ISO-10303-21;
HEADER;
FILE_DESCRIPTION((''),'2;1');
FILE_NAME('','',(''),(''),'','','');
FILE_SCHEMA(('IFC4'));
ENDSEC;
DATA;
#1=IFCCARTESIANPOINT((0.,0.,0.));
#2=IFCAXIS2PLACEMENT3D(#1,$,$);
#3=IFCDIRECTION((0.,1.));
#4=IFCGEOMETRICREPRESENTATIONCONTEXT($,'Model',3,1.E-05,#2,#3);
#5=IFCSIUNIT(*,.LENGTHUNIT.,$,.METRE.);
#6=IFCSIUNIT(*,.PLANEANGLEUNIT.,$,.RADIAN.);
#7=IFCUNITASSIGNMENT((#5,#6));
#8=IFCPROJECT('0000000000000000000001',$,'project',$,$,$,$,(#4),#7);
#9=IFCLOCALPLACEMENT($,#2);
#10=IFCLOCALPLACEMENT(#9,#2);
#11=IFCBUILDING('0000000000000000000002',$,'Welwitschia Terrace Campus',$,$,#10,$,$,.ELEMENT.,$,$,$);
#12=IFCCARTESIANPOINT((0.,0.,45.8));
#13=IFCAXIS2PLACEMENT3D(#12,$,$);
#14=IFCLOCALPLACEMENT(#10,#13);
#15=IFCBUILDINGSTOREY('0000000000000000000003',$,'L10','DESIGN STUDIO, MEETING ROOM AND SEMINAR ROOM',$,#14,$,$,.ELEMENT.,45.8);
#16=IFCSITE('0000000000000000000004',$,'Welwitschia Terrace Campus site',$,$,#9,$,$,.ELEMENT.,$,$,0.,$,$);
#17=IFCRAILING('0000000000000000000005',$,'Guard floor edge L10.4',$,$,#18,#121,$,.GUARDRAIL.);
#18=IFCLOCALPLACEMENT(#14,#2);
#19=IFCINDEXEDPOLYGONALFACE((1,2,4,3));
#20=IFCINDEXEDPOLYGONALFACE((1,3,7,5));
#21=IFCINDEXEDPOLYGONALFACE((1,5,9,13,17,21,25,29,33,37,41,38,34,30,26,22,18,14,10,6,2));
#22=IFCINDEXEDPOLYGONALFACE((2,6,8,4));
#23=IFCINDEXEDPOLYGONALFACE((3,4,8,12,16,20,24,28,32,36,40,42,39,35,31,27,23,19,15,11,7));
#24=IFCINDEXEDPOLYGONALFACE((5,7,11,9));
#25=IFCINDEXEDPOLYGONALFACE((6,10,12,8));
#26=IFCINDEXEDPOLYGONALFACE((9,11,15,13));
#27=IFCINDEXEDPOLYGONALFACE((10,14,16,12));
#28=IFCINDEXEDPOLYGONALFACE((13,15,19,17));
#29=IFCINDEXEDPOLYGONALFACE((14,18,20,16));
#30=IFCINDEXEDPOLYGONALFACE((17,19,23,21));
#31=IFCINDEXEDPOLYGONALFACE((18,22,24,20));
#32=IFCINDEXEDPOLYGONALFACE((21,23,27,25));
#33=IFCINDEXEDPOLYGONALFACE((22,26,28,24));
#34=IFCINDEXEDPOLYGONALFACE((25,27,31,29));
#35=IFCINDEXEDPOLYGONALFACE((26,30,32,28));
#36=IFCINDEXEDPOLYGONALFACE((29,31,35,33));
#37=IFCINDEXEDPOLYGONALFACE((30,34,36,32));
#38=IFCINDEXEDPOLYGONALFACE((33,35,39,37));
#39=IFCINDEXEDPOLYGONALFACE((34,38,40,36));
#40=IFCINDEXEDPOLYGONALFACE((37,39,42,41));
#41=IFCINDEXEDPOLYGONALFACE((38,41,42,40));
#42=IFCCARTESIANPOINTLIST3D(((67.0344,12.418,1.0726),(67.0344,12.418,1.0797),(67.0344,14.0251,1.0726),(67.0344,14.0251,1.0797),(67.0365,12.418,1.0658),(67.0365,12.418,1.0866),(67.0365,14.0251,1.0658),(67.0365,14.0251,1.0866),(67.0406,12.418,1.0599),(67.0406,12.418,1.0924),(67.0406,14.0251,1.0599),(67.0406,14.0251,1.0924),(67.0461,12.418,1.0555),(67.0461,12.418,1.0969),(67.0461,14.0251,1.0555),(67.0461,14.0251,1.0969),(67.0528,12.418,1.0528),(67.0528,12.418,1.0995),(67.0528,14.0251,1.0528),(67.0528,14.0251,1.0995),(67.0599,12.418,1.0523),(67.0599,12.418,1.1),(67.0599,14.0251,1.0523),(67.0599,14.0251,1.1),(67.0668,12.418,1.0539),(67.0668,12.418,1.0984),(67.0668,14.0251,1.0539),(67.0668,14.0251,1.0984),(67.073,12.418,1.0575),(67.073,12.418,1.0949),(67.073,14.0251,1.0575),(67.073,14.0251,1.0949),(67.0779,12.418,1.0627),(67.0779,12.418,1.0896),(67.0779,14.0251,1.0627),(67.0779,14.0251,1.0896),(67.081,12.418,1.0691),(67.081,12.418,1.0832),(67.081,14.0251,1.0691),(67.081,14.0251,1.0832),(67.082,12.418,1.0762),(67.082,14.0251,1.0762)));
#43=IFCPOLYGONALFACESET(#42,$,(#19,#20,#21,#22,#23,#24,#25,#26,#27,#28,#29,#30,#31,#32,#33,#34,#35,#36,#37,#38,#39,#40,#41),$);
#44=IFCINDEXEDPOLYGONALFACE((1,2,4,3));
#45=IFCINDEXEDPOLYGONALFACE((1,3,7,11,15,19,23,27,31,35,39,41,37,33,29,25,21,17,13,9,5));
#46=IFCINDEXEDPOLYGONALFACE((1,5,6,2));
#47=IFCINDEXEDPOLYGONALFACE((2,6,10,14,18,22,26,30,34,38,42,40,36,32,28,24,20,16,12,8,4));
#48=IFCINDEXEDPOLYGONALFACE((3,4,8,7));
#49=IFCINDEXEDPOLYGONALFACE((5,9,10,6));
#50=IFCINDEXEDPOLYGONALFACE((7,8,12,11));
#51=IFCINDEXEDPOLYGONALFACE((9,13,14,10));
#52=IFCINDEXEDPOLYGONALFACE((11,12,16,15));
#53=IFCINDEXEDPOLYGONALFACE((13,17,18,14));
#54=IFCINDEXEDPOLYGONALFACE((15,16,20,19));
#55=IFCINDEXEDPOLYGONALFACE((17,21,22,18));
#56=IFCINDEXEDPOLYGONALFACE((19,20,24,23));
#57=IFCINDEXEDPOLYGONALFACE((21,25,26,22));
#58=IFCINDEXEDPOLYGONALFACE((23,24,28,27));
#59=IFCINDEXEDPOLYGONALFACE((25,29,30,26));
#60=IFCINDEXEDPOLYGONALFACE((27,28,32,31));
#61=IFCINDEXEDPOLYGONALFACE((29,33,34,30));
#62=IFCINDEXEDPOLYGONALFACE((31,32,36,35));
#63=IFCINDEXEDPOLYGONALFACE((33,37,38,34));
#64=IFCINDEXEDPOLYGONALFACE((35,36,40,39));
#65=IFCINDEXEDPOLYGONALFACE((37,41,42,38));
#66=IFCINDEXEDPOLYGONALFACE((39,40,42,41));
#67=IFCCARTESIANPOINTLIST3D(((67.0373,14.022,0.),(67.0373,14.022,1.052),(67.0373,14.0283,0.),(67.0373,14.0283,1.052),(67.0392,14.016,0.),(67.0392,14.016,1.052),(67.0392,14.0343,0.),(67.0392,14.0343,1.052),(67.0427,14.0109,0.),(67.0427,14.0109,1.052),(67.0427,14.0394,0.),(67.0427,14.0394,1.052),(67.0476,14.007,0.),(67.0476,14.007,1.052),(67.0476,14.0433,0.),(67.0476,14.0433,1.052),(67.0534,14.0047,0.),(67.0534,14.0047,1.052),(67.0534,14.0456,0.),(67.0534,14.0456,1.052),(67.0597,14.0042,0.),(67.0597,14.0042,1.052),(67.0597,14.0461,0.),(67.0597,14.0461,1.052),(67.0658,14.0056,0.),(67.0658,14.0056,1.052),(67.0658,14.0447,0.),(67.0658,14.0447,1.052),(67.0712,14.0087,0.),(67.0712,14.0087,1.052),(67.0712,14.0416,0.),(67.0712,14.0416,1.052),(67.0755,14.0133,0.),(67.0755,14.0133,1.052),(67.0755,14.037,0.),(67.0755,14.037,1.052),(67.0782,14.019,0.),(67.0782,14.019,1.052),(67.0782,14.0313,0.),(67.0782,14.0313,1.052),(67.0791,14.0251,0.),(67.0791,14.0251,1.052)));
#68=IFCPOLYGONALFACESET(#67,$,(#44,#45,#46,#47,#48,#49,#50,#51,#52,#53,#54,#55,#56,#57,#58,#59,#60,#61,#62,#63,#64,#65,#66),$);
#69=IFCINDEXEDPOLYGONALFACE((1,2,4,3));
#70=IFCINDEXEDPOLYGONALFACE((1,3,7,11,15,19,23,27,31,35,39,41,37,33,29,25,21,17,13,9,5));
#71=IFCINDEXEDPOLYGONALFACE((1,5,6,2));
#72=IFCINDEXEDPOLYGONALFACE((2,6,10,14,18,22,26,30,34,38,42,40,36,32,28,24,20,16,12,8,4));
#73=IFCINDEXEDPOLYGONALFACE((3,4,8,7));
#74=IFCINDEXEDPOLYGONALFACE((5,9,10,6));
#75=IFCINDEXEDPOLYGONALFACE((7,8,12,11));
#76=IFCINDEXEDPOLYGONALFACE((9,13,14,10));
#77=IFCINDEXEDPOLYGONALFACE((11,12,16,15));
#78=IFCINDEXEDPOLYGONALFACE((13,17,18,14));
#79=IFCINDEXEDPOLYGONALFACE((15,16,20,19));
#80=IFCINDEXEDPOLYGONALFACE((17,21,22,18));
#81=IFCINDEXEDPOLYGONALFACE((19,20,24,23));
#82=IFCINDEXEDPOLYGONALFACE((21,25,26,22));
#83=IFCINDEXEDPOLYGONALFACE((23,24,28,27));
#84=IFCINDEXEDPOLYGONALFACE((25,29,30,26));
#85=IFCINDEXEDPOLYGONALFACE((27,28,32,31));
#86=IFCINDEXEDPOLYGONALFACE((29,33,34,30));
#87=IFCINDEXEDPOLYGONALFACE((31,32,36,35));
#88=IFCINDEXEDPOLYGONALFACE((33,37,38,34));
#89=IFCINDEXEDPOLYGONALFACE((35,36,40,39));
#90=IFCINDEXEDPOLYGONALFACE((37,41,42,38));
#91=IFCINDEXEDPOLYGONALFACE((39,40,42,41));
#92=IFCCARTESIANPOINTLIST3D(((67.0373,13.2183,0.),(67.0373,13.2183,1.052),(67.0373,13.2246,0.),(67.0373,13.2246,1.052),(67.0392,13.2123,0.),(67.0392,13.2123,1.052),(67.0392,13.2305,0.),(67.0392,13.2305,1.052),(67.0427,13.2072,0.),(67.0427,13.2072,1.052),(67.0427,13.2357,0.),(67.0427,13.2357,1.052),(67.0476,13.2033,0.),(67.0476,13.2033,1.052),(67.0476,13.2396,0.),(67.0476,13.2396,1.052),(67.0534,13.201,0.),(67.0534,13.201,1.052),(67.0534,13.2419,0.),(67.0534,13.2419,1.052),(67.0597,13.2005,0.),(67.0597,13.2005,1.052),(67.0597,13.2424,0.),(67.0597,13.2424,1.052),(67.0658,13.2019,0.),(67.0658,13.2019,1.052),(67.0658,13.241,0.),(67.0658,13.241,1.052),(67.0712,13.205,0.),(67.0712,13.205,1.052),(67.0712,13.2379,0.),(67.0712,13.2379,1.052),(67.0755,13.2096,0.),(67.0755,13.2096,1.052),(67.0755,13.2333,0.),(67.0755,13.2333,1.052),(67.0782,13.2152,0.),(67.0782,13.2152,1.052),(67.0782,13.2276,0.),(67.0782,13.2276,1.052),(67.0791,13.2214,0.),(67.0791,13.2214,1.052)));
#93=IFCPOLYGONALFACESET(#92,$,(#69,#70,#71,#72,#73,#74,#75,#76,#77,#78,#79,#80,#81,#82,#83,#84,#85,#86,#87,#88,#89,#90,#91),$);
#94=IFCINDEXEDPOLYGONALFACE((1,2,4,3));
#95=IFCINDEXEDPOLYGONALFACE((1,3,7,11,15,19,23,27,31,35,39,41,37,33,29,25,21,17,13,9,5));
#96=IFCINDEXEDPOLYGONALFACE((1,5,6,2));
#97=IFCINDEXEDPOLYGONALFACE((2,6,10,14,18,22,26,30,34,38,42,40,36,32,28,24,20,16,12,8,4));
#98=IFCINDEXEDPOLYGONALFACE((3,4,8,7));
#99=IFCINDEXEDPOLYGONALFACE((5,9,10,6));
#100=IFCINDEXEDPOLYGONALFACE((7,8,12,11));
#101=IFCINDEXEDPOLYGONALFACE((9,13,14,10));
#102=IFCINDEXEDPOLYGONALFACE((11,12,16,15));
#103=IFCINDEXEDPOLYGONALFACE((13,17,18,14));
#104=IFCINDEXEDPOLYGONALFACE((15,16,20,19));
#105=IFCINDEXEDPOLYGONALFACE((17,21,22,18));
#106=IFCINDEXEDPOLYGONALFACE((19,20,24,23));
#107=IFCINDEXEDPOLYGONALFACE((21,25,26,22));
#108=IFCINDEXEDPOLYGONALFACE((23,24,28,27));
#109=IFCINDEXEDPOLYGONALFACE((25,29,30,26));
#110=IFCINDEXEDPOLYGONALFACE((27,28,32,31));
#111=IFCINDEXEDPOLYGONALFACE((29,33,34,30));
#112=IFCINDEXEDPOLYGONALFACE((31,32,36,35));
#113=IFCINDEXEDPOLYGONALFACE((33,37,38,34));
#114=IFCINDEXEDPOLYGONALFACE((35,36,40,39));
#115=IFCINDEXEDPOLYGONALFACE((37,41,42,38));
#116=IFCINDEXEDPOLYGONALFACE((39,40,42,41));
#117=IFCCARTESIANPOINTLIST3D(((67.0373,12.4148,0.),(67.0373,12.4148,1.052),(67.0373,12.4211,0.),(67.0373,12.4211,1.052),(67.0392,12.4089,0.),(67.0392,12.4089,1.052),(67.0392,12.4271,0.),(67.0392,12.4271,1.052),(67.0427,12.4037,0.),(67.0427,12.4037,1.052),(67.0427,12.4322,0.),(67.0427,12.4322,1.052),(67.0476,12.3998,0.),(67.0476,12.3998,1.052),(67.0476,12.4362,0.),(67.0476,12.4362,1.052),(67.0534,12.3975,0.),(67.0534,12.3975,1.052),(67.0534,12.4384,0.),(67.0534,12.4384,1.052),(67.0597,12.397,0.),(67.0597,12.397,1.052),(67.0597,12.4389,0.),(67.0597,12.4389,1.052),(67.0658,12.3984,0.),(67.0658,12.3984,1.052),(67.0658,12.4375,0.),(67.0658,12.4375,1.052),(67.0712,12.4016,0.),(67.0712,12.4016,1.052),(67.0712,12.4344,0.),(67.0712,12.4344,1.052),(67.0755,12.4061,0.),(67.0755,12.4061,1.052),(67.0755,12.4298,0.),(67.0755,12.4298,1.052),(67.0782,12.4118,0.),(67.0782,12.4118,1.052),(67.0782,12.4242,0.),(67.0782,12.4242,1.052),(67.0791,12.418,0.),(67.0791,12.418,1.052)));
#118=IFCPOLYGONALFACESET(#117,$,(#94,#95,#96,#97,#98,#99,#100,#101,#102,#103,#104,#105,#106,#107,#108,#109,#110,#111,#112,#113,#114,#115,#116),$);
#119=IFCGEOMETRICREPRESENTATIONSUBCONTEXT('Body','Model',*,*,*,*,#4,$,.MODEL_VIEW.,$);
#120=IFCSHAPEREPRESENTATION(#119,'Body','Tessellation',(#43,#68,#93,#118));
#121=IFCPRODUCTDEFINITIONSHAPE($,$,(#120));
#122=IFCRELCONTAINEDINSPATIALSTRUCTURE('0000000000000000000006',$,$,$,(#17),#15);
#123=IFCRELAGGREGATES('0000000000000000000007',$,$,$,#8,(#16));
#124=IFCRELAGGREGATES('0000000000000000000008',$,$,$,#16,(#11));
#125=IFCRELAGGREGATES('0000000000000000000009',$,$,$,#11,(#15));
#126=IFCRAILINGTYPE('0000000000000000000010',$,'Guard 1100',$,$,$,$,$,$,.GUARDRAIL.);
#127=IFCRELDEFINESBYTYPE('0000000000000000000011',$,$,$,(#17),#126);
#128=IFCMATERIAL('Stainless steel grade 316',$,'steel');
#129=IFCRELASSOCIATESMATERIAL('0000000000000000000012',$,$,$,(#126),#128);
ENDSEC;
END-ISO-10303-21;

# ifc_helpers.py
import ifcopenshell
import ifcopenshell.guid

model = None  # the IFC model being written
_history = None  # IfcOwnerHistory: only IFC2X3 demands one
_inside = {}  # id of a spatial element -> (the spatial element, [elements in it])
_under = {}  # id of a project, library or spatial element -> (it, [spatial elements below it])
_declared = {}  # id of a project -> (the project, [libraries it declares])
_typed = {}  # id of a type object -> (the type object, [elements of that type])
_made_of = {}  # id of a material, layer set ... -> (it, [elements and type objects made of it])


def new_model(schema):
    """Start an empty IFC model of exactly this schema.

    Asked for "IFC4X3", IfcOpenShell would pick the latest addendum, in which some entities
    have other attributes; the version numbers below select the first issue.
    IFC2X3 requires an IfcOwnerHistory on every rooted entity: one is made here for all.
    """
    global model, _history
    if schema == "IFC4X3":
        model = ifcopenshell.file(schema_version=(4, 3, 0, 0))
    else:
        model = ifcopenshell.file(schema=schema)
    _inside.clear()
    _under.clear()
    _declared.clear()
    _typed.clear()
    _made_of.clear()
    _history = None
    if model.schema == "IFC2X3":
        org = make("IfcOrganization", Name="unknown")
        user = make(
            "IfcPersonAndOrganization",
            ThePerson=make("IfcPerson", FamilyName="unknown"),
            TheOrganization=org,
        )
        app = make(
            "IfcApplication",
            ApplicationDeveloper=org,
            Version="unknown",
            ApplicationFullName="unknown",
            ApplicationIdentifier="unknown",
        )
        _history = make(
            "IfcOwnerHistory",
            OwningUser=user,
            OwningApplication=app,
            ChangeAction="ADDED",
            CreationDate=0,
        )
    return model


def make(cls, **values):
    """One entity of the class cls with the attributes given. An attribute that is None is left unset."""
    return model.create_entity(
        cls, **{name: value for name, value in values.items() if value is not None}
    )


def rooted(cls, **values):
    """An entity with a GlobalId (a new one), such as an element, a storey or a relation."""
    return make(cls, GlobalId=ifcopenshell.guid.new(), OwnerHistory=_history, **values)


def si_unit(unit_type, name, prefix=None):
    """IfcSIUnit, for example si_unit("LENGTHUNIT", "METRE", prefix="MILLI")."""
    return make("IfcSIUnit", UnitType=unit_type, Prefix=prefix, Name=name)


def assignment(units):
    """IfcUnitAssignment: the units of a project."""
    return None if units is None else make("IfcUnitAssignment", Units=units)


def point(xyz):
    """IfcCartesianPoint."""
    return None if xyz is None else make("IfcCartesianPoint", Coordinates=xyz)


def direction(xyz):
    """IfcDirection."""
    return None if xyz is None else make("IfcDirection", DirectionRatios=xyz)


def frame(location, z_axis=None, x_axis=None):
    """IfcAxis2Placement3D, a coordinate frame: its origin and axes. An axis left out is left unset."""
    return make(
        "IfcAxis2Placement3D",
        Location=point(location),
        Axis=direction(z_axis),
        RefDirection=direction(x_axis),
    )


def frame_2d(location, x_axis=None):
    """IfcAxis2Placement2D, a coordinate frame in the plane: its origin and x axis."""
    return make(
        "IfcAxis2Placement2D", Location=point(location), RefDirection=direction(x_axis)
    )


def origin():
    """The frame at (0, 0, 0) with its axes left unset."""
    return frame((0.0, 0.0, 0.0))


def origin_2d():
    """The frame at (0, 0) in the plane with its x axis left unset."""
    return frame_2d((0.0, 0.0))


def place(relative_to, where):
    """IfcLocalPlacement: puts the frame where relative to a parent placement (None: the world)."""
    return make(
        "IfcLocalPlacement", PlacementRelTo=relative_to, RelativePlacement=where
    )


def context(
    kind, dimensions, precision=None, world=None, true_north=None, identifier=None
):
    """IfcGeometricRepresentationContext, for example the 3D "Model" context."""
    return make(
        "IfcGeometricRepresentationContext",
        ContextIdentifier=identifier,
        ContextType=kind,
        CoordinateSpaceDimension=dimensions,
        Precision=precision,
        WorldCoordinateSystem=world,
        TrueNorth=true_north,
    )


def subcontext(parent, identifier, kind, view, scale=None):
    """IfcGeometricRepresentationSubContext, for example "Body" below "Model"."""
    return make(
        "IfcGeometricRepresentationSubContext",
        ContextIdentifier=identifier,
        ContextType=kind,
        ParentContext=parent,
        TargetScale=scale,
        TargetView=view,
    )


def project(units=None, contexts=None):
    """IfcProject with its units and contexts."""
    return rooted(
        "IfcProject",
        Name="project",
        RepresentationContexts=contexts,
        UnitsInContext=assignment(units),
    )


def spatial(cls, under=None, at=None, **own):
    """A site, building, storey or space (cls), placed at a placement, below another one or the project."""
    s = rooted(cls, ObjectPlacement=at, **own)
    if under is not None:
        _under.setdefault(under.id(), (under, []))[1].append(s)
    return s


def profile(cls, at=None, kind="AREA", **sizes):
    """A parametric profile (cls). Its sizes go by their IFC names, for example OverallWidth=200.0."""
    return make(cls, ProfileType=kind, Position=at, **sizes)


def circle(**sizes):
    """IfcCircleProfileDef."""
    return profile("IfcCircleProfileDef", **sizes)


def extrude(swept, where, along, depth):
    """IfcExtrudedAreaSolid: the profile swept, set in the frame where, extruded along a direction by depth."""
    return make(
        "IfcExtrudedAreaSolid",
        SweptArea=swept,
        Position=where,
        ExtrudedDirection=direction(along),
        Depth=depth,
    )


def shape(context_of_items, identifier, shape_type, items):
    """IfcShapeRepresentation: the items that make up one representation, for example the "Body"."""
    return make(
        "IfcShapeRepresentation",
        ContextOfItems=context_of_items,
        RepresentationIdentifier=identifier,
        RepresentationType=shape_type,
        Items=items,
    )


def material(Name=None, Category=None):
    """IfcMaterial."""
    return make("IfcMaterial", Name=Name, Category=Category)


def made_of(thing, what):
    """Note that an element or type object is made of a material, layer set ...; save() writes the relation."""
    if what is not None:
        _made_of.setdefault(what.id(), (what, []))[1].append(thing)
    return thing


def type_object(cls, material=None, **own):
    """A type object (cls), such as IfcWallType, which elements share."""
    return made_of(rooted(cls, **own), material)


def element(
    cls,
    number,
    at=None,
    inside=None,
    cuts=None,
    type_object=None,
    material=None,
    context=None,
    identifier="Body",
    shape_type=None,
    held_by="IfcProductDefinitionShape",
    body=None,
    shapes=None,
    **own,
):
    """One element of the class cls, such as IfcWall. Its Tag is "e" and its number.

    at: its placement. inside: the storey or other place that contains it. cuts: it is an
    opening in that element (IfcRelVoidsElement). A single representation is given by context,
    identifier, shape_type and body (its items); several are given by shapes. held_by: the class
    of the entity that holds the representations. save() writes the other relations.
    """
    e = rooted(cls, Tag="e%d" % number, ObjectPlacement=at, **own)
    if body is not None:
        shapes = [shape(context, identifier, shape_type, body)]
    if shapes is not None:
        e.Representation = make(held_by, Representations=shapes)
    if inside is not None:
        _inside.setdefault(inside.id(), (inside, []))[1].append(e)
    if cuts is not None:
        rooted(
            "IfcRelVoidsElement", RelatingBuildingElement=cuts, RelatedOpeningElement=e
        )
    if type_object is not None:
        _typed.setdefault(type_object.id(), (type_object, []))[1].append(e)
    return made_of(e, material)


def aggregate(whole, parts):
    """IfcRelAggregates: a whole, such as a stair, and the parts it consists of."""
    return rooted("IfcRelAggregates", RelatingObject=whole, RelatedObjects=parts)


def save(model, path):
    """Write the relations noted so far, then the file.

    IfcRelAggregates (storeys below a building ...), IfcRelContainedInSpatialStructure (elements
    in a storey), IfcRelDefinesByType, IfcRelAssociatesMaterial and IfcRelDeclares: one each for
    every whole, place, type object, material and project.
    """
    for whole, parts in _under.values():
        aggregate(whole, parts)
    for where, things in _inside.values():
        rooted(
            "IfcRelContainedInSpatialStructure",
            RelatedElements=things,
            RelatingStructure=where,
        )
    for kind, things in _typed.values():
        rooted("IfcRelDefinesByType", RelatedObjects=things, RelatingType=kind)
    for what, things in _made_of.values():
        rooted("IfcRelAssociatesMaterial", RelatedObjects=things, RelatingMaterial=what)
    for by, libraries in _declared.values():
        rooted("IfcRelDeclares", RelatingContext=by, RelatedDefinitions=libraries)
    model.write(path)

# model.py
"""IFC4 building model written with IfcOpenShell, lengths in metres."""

from ifc_helpers import new_model, si_unit, direction, frame, origin, origin_2d, place, context, subcontext, project, spatial, circle, extrude, material, type_object, element, save


model = new_model("IFC4")

# Units and contexts
model_context = context("Model", 3, precision=1e-05, world=origin(), true_north=direction((0.0, 1.0)))
body_context = subcontext(model_context, "Body", "Model", "MODEL_VIEW")
ifc_project = project(units=[si_unit("LENGTHUNIT", "METRE"), si_unit("PLANEANGLEUNIT", "RADIAN")], contexts=[model_context])

# Site, building, storey
site_placement = place(None, origin())
site = spatial("IfcSite", under=ifc_project, at=site_placement, Name="Welwitschia Terrace Campus site", CompositionType="ELEMENT", RefElevation=0.0)
building_placement = place(site_placement, origin())
building = spatial("IfcBuilding", under=site, at=building_placement, Name="Welwitschia Terrace Campus", CompositionType="ELEMENT")
storey_placement = place(building_placement, frame((0.0, 0.0, 45.8)))
storey = spatial("IfcBuildingStorey", under=building, at=storey_placement, Name="L10", Description="DESIGN STUDIO, MEETING ROOM AND SEMINAR ROOM", CompositionType="ELEMENT", Elevation=45.8)

# Railing
ifc_material_1 = material(Name="Stainless steel grade 316", Category="steel")
railing_type = type_object("IfcRailingType", Name="Guard 1100", PredefinedType="GUARDRAIL", material=ifc_material_1)
railing_1_placement = place(storey_placement, frame((67.0581, 14.0251, 0.0)))
element("IfcRailing", 1, at=railing_1_placement, inside=storey, type_object=railing_type, Name="Guard floor edge L10.4", PredefinedType="GUARDRAIL", context=body_context, shape_type="SweptSolid", body=[
    extrude(circle(Radius=0.0239, at=origin_2d()), frame((0.0, 0.0, 1.0762), z_axis=(0.0, -1.0, 0.0), x_axis=(1.0, 0.0, 0.0)), (0.0, 0.0, 1.0), 1.6072),
    extrude(circle(Radius=0.021, at=origin_2d()), origin(), (0.0, 0.0, 1.0), 1.052),
    extrude(circle(Radius=0.021, at=origin_2d()), frame((0.0, -0.8037, 0.0)), (0.0, 0.0, 1.0), 1.052),
    extrude(circle(Radius=0.021, at=origin_2d()), frame((0.0, -1.6072, 0.0)), (0.0, 0.0, 1.0), 1.052),
])

save(model, "model.ifc")
